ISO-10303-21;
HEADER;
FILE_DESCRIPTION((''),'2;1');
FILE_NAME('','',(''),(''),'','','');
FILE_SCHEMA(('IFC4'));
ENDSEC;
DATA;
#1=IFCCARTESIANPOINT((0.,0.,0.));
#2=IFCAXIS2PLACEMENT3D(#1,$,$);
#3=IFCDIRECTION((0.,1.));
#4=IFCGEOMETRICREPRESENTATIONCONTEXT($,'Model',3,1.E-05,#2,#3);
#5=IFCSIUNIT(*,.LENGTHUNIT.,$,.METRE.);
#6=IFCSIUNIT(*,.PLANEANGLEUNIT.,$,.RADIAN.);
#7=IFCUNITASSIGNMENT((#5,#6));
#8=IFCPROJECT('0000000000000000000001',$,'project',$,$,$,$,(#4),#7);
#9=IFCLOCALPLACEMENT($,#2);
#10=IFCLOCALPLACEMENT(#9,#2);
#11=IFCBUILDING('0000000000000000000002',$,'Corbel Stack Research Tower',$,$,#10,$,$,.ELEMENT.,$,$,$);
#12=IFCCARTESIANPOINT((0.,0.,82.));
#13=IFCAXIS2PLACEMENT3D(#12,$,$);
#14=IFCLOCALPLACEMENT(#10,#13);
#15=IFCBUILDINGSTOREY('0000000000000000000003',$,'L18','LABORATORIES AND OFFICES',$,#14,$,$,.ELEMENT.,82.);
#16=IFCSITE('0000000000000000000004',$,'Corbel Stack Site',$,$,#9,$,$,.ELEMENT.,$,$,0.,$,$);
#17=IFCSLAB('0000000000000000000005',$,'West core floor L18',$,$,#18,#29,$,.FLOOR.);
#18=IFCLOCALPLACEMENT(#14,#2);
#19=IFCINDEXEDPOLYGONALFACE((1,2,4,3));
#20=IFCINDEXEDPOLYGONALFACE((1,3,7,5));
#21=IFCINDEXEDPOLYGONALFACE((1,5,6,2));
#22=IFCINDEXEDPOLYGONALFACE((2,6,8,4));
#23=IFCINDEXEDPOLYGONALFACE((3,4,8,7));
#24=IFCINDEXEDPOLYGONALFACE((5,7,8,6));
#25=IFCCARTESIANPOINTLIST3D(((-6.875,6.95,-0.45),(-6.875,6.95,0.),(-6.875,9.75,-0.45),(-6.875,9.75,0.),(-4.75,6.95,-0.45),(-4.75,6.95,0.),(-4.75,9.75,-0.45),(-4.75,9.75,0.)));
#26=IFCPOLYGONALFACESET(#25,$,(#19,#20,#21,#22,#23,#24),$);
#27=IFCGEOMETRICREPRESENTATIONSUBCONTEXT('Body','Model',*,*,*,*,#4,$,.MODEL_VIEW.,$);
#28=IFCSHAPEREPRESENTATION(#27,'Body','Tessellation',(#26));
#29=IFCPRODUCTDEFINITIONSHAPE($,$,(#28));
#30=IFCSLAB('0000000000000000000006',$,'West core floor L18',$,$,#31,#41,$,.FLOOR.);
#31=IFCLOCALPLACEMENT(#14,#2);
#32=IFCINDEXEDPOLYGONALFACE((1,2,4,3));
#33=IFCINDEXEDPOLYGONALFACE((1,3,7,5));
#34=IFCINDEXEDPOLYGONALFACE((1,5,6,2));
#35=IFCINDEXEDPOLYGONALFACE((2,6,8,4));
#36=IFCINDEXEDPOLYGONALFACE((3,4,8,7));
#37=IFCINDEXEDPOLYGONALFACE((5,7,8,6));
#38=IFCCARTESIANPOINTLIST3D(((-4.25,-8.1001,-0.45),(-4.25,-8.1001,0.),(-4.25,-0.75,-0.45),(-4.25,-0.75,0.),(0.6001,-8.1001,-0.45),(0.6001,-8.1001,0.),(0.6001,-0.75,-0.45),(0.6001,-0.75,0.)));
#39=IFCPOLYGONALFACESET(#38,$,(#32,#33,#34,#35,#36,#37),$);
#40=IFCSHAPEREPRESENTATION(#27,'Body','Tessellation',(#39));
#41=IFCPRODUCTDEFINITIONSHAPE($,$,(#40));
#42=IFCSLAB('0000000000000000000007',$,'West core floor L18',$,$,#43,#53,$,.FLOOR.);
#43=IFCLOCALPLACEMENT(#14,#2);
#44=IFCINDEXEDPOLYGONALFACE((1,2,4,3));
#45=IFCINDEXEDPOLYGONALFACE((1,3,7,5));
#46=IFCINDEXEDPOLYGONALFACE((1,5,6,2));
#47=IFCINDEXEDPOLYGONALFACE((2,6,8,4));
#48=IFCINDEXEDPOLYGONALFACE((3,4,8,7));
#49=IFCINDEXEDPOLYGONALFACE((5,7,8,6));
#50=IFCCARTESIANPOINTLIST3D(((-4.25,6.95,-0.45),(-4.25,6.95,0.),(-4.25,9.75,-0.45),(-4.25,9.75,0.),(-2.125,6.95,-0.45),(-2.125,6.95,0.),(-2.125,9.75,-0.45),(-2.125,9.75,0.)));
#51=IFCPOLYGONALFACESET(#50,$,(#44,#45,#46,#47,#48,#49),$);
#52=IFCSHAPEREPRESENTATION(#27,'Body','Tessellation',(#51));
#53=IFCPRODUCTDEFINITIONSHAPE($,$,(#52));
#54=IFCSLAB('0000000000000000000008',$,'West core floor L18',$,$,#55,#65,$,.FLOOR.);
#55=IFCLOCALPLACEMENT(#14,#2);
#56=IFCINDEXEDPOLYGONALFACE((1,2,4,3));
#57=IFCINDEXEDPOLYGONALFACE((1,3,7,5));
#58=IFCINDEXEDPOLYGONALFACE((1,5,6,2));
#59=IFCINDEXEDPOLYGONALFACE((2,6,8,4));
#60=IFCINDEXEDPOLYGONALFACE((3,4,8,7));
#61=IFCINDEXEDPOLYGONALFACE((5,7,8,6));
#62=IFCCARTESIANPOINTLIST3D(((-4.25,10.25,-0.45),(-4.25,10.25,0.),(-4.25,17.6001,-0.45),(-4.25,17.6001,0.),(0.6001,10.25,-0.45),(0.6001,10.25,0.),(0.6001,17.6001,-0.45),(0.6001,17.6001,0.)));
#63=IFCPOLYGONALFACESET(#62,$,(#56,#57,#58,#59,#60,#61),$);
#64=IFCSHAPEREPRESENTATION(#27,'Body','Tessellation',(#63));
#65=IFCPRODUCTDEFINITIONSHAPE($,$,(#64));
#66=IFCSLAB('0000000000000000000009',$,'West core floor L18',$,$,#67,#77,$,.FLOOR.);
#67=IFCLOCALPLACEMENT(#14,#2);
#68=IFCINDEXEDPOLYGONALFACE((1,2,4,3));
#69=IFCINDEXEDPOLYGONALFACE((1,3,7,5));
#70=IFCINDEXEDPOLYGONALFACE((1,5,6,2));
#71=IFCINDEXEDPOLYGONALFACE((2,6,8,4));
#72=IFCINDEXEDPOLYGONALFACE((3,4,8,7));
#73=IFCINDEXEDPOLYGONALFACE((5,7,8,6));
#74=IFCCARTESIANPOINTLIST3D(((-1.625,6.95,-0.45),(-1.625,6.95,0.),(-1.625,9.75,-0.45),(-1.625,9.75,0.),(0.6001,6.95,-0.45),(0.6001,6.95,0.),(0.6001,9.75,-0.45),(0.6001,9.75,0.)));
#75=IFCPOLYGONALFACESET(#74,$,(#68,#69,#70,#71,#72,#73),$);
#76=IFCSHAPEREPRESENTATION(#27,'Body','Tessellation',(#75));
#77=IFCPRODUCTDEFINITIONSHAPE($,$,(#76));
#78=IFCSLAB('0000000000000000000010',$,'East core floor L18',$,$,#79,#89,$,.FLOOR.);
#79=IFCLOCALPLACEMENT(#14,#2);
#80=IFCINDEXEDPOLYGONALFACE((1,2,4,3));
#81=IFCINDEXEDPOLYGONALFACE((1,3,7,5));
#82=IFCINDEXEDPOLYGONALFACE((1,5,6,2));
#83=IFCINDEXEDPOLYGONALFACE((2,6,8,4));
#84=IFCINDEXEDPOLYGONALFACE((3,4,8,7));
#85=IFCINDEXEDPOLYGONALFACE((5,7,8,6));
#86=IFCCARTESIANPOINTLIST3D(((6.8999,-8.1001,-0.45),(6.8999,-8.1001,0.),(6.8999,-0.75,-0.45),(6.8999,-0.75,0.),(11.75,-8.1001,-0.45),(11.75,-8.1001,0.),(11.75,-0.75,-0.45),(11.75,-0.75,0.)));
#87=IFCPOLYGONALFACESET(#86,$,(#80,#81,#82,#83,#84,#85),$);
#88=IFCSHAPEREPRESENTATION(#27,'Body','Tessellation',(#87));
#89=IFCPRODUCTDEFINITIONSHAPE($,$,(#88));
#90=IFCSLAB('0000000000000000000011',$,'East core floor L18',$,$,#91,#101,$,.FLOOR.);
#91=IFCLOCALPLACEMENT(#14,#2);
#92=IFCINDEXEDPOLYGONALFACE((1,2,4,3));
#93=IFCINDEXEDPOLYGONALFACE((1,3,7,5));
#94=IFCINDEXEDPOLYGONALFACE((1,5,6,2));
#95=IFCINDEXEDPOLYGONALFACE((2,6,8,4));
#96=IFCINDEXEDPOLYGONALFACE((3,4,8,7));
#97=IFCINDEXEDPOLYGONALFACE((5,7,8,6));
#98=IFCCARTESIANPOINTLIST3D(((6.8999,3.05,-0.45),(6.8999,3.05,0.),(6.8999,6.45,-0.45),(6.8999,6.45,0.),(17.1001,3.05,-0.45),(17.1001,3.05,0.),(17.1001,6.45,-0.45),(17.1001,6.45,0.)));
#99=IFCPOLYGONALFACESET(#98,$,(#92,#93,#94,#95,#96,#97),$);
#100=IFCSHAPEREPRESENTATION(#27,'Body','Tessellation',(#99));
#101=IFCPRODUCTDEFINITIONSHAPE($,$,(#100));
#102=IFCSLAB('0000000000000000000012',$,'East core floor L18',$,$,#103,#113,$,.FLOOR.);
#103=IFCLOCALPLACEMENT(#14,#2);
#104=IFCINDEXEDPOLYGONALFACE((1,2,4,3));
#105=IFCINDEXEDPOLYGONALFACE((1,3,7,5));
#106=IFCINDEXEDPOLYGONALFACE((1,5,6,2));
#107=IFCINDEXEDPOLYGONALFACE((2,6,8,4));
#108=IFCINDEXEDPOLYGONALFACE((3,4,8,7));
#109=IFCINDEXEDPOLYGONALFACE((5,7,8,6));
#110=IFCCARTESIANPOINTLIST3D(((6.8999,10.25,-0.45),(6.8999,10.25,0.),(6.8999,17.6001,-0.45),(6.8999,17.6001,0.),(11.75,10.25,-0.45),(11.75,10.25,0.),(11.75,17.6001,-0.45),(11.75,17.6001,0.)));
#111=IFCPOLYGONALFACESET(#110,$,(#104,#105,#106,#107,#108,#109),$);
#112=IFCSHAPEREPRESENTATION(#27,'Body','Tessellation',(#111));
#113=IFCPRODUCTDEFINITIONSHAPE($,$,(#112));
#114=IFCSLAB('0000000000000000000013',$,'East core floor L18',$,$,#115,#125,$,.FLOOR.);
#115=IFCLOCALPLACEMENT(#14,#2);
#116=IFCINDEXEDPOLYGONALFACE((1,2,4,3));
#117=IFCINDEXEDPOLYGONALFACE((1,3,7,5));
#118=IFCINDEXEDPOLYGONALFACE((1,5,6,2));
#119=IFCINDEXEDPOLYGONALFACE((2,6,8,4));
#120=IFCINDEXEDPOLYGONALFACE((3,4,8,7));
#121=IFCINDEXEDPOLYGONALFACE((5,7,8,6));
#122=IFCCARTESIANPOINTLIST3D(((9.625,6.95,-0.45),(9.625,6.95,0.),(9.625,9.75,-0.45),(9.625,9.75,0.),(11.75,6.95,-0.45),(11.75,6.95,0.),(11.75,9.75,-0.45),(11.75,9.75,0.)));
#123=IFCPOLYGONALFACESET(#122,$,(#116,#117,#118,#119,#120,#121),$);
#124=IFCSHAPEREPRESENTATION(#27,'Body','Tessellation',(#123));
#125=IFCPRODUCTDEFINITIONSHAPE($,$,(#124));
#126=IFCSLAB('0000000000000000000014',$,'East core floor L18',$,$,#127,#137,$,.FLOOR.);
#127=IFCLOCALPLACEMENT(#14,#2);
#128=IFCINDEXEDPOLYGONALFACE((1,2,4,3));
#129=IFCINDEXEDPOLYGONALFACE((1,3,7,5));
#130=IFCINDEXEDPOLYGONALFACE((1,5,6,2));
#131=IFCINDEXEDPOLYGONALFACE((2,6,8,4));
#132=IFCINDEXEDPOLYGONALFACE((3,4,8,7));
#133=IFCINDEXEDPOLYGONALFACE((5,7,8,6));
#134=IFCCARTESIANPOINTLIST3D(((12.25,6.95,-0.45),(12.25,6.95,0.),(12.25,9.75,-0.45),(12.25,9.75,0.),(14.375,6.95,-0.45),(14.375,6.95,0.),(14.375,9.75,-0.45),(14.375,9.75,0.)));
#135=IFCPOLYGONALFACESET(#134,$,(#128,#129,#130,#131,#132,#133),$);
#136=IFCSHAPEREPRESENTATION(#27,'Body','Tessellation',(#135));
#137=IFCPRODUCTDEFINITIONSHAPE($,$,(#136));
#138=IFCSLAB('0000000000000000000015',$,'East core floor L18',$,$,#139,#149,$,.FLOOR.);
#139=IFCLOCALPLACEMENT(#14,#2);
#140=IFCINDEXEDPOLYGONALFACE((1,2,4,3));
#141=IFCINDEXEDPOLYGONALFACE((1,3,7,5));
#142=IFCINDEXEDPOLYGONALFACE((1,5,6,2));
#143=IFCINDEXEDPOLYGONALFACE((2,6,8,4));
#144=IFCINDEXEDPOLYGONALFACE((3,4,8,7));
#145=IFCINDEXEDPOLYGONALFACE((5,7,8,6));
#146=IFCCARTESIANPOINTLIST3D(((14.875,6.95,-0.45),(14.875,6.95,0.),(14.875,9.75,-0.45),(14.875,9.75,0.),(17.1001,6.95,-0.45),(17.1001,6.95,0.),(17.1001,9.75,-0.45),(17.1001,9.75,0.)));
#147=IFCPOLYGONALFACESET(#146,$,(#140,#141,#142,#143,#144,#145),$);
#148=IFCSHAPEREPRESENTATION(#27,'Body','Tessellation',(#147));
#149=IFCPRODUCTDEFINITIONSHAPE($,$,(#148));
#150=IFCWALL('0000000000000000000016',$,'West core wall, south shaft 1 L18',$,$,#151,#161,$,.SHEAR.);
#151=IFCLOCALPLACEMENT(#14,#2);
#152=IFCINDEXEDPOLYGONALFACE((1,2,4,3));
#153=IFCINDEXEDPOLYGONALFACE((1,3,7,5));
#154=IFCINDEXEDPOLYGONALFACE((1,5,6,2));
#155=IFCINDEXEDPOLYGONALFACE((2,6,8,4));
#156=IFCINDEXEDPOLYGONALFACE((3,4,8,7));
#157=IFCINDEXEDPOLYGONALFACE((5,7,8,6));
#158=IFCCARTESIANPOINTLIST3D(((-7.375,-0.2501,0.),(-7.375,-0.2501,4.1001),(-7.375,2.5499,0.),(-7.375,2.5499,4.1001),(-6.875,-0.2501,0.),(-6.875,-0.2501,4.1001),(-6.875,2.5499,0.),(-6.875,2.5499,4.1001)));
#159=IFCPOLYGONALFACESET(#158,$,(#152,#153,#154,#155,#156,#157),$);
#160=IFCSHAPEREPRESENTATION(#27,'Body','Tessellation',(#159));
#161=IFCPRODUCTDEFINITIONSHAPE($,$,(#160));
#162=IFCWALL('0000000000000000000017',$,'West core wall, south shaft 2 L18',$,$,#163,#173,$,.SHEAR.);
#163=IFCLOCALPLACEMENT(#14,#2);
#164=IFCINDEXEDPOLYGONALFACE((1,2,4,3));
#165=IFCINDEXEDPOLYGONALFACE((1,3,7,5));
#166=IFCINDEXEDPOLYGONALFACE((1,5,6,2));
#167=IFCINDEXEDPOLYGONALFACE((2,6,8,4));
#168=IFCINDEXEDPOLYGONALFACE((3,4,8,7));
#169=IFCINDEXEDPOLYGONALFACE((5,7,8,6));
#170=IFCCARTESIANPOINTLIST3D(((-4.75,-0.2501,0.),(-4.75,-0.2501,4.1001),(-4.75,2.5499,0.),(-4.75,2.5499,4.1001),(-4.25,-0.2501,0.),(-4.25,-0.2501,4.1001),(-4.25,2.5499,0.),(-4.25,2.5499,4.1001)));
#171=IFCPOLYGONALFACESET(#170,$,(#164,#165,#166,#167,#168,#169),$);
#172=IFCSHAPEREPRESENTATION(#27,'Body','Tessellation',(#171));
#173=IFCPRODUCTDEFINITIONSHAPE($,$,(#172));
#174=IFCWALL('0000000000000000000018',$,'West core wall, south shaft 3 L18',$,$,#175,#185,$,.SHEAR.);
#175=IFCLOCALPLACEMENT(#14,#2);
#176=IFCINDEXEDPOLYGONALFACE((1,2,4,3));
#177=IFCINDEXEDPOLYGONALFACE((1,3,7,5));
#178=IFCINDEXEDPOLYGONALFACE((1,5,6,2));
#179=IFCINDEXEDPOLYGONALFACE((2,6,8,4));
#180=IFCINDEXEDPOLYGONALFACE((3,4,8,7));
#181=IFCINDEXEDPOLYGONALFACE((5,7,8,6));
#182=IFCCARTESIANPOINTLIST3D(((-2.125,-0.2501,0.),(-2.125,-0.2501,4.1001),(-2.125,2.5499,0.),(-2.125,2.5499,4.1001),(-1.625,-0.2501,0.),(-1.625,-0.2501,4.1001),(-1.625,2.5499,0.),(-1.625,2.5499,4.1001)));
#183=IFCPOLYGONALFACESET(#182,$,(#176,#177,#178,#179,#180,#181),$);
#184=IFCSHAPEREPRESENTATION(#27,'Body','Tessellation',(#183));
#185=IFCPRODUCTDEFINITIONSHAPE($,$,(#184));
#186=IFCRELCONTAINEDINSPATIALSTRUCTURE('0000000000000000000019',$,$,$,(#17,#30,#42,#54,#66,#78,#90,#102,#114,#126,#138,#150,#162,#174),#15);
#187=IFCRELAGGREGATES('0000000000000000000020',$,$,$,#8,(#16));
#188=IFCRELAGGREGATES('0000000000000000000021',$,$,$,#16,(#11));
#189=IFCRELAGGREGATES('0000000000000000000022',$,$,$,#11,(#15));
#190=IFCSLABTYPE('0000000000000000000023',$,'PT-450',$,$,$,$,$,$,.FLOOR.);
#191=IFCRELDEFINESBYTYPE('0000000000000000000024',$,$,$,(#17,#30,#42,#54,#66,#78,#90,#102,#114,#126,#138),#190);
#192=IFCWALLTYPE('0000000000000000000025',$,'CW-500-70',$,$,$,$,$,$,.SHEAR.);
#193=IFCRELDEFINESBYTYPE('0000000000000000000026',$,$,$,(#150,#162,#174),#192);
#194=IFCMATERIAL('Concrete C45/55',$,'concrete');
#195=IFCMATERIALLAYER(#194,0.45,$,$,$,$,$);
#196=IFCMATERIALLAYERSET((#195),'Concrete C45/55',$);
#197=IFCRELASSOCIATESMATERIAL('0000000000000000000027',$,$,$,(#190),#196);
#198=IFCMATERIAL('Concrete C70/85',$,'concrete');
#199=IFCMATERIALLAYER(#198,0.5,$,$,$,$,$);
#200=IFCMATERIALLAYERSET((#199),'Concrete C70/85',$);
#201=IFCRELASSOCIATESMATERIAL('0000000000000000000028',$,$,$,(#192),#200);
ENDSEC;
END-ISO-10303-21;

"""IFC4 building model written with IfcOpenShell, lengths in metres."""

from ifc_helpers import new_model, si_unit, direction, frame, frame_2d, origin, place, context, subcontext, project, spatial, polyline, rectangle, outline, extrude, material, layer, layer_set, type_object, element, save


model = new_model("IFC4")

# Units and contexts
model_context = context("Model", 3, precision=1e-05, world=origin(), true_north=direction((0.0, 1.0)))
body_context = subcontext(model_context, "Body", "Model", "MODEL_VIEW")
ifc_project = project(units=[si_unit("LENGTHUNIT", "METRE"), si_unit("PLANEANGLEUNIT", "RADIAN")], contexts=[model_context])

# Site, building, storey
site_placement = place(None, origin())
site = spatial("IfcSite", under=ifc_project, at=site_placement, Name="Corbel Stack Site", CompositionType="ELEMENT", RefElevation=0.0)
building_placement = place(site_placement, origin())
building = spatial("IfcBuilding", under=site, at=building_placement, Name="Corbel Stack Research Tower", CompositionType="ELEMENT")
storey_placement = place(building_placement, frame((0.0, 0.0, 82.0)))
storey = spatial("IfcBuildingStorey", under=building, at=storey_placement, Name="L18", Description="LABORATORIES AND OFFICES", CompositionType="ELEMENT", Elevation=82.0)

# Slabs
ifc_material_1 = material(Name="Concrete C45/55", Category="concrete")
ifc_layer_1 = layer(ifc_material_1, 0.45)
ifc_layer_set_1 = layer_set([ifc_layer_1], Name="Concrete C45/55")
slab_type_1 = type_object("IfcSlabType", Name="PT-450", PredefinedType="FLOOR", material=ifc_layer_set_1)
slab_1_placement = place(storey_placement, frame((0.0, 0.0, -0.45)))
element("IfcSlab", 1, at=slab_1_placement, inside=storey, type_object=slab_type_1, Name="West core floor L18", PredefinedType="FLOOR", context=body_context, shape_type="SweptSolid", body=[
    extrude(outline(polyline([(-6.875, 6.95), (-4.75, 6.95), (-4.75, 9.75), (-6.875, 9.75), (-6.875, 6.95)])), origin(), (0.0, 0.0, 1.0), 0.45),
])
slab_2_placement = place(storey_placement, frame((0.0, 0.0, -0.45)))
element("IfcSlab", 2, at=slab_2_placement, inside=storey, type_object=slab_type_1, Name="West core floor L18", PredefinedType="FLOOR", context=body_context, shape_type="SweptSolid", body=[
    extrude(outline(polyline([(0.6001, -8.1001), (0.6001, -0.75), (-4.25, -0.75), (-4.25, -8.1001), (0.6001, -8.1001)])), origin(), (0.0, 0.0, 1.0), 0.45),
])
slab_3_placement = place(storey_placement, frame((0.0, 0.0, -0.45)))
element("IfcSlab", 3, at=slab_3_placement, inside=storey, type_object=slab_type_1, Name="West core floor L18", PredefinedType="FLOOR", context=body_context, shape_type="SweptSolid", body=[
    extrude(outline(polyline([(-2.125, 6.95), (-2.125, 9.75), (-4.25, 9.75), (-4.25, 6.95), (-2.125, 6.95)])), origin(), (0.0, 0.0, 1.0), 0.45),
])
slab_4_placement = place(storey_placement, frame((0.0, 0.0, -0.45)))
element("IfcSlab", 4, at=slab_4_placement, inside=storey, type_object=slab_type_1, Name="West core floor L18", PredefinedType="FLOOR", context=body_context, shape_type="SweptSolid", body=[
    extrude(outline(polyline([(0.6001, 17.6001), (-4.25, 17.6001), (-4.25, 10.25), (0.6001, 10.25), (0.6001, 17.6001)])), origin(), (0.0, 0.0, 1.0), 0.45),
])
slab_5_placement = place(storey_placement, frame((0.0, 0.0, -0.45)))
element("IfcSlab", 5, at=slab_5_placement, inside=storey, type_object=slab_type_1, Name="West core floor L18", PredefinedType="FLOOR", context=body_context, shape_type="SweptSolid", body=[
    extrude(outline(polyline([(0.6001, 9.75), (-1.625, 9.75), (-1.625, 6.95), (0.6001, 6.95), (0.6001, 9.75)])), origin(), (0.0, 0.0, 1.0), 0.45),
])
slab_6_placement = place(storey_placement, frame((0.0, 0.0, -0.45)))
element("IfcSlab", 6, at=slab_6_placement, inside=storey, type_object=slab_type_1, Name="East core floor L18", PredefinedType="FLOOR", context=body_context, shape_type="SweptSolid", body=[
    extrude(outline(polyline([(11.75, -0.75), (6.8999, -0.75), (6.8999, -8.1001), (11.75, -8.1001), (11.75, -0.75)])), origin(), (0.0, 0.0, 1.0), 0.45),
])
slab_7_placement = place(storey_placement, frame((0.0, 0.0, -0.45)))
element("IfcSlab", 7, at=slab_7_placement, inside=storey, type_object=slab_type_1, Name="East core floor L18", PredefinedType="FLOOR", context=body_context, shape_type="SweptSolid", body=[
    extrude(outline(polyline([(6.8999, 6.45), (6.8999, 3.05), (17.1001, 3.05), (17.1001, 6.45), (6.8999, 6.45)])), origin(), (0.0, 0.0, 1.0), 0.45),
])
slab_8_placement = place(storey_placement, frame((0.0, 0.0, -0.45)))
element("IfcSlab", 8, at=slab_8_placement, inside=storey, type_object=slab_type_1, Name="East core floor L18", PredefinedType="FLOOR", context=body_context, shape_type="SweptSolid", body=[
    extrude(outline(polyline([(6.8999, 17.6001), (6.8999, 10.25), (11.75, 10.25), (11.75, 17.6001), (6.8999, 17.6001)])), origin(), (0.0, 0.0, 1.0), 0.45),
])
slab_9_placement = place(storey_placement, frame((0.0, 0.0, -0.45)))
element("IfcSlab", 9, at=slab_9_placement, inside=storey, type_object=slab_type_1, Name="East core floor L18", PredefinedType="FLOOR", context=body_context, shape_type="SweptSolid", body=[
    extrude(outline(polyline([(9.625, 6.95), (11.75, 6.95), (11.75, 9.75), (9.625, 9.75), (9.625, 6.95)])), origin(), (0.0, 0.0, 1.0), 0.45),
])
slab_10_placement = place(storey_placement, frame((0.0, 0.0, -0.45)))
element("IfcSlab", 10, at=slab_10_placement, inside=storey, type_object=slab_type_1, Name="East core floor L18", PredefinedType="FLOOR", context=body_context, shape_type="SweptSolid", body=[
    extrude(outline(polyline([(14.375, 6.95), (14.375, 9.75), (12.25, 9.75), (12.25, 6.95), (14.375, 6.95)])), origin(), (0.0, 0.0, 1.0), 0.45),
])
slab_11_placement = place(storey_placement, frame((0.0, 0.0, -0.45)))
element("IfcSlab", 11, at=slab_11_placement, inside=storey, type_object=slab_type_1, Name="East core floor L18", PredefinedType="FLOOR", context=body_context, shape_type="SweptSolid", body=[
    extrude(outline(polyline([(17.1001, 6.95), (17.1001, 9.75), (14.875, 9.75), (14.875, 6.95), (17.1001, 6.95)])), origin(), (0.0, 0.0, 1.0), 0.45),
])

# Walls
ifc_material_2 = material(Name="Concrete C70/85", Category="concrete")
ifc_layer_2 = layer(ifc_material_2, 0.5)
ifc_layer_set_2 = layer_set([ifc_layer_2], Name="Concrete C70/85")
wall_type_1 = type_object("IfcWallType", Name="CW-500-70", PredefinedType="SHEAR", material=ifc_layer_set_2)
for number, where, z_axis, x_axis, name in (
    (12, (-7.125, -0.25, 0.0), (0.0, 0.0, 1.0), (0.0, 1.0, 0.0), "West core wall, south shaft 1 L18"),
    (13, (-4.5, -0.25, 0.0), (0.0, 0.0, 1.0), (0.0, 1.0, 0.0), "West core wall, south shaft 2 L18"),
    (14, (-1.875, -0.25, 0.0), (0.0, 0.0, 1.0), (0.0, 1.0, 0.0), "West core wall, south shaft 3 L18"),
):
    element("IfcWall", number, at=place(storey_placement, frame(where, z_axis=z_axis, x_axis=x_axis)), inside=storey, type_object=wall_type_1, Name=name, PredefinedType="SHEAR", context=body_context, shape_type="SweptSolid", body=[
        extrude(rectangle(XDim=2.8, YDim=0.5, at=frame_2d((1.3999, 0.0))), origin(), (0.0, 0.0, 1.0), 4.1001),
    ])

save(model, "model.ifc")
